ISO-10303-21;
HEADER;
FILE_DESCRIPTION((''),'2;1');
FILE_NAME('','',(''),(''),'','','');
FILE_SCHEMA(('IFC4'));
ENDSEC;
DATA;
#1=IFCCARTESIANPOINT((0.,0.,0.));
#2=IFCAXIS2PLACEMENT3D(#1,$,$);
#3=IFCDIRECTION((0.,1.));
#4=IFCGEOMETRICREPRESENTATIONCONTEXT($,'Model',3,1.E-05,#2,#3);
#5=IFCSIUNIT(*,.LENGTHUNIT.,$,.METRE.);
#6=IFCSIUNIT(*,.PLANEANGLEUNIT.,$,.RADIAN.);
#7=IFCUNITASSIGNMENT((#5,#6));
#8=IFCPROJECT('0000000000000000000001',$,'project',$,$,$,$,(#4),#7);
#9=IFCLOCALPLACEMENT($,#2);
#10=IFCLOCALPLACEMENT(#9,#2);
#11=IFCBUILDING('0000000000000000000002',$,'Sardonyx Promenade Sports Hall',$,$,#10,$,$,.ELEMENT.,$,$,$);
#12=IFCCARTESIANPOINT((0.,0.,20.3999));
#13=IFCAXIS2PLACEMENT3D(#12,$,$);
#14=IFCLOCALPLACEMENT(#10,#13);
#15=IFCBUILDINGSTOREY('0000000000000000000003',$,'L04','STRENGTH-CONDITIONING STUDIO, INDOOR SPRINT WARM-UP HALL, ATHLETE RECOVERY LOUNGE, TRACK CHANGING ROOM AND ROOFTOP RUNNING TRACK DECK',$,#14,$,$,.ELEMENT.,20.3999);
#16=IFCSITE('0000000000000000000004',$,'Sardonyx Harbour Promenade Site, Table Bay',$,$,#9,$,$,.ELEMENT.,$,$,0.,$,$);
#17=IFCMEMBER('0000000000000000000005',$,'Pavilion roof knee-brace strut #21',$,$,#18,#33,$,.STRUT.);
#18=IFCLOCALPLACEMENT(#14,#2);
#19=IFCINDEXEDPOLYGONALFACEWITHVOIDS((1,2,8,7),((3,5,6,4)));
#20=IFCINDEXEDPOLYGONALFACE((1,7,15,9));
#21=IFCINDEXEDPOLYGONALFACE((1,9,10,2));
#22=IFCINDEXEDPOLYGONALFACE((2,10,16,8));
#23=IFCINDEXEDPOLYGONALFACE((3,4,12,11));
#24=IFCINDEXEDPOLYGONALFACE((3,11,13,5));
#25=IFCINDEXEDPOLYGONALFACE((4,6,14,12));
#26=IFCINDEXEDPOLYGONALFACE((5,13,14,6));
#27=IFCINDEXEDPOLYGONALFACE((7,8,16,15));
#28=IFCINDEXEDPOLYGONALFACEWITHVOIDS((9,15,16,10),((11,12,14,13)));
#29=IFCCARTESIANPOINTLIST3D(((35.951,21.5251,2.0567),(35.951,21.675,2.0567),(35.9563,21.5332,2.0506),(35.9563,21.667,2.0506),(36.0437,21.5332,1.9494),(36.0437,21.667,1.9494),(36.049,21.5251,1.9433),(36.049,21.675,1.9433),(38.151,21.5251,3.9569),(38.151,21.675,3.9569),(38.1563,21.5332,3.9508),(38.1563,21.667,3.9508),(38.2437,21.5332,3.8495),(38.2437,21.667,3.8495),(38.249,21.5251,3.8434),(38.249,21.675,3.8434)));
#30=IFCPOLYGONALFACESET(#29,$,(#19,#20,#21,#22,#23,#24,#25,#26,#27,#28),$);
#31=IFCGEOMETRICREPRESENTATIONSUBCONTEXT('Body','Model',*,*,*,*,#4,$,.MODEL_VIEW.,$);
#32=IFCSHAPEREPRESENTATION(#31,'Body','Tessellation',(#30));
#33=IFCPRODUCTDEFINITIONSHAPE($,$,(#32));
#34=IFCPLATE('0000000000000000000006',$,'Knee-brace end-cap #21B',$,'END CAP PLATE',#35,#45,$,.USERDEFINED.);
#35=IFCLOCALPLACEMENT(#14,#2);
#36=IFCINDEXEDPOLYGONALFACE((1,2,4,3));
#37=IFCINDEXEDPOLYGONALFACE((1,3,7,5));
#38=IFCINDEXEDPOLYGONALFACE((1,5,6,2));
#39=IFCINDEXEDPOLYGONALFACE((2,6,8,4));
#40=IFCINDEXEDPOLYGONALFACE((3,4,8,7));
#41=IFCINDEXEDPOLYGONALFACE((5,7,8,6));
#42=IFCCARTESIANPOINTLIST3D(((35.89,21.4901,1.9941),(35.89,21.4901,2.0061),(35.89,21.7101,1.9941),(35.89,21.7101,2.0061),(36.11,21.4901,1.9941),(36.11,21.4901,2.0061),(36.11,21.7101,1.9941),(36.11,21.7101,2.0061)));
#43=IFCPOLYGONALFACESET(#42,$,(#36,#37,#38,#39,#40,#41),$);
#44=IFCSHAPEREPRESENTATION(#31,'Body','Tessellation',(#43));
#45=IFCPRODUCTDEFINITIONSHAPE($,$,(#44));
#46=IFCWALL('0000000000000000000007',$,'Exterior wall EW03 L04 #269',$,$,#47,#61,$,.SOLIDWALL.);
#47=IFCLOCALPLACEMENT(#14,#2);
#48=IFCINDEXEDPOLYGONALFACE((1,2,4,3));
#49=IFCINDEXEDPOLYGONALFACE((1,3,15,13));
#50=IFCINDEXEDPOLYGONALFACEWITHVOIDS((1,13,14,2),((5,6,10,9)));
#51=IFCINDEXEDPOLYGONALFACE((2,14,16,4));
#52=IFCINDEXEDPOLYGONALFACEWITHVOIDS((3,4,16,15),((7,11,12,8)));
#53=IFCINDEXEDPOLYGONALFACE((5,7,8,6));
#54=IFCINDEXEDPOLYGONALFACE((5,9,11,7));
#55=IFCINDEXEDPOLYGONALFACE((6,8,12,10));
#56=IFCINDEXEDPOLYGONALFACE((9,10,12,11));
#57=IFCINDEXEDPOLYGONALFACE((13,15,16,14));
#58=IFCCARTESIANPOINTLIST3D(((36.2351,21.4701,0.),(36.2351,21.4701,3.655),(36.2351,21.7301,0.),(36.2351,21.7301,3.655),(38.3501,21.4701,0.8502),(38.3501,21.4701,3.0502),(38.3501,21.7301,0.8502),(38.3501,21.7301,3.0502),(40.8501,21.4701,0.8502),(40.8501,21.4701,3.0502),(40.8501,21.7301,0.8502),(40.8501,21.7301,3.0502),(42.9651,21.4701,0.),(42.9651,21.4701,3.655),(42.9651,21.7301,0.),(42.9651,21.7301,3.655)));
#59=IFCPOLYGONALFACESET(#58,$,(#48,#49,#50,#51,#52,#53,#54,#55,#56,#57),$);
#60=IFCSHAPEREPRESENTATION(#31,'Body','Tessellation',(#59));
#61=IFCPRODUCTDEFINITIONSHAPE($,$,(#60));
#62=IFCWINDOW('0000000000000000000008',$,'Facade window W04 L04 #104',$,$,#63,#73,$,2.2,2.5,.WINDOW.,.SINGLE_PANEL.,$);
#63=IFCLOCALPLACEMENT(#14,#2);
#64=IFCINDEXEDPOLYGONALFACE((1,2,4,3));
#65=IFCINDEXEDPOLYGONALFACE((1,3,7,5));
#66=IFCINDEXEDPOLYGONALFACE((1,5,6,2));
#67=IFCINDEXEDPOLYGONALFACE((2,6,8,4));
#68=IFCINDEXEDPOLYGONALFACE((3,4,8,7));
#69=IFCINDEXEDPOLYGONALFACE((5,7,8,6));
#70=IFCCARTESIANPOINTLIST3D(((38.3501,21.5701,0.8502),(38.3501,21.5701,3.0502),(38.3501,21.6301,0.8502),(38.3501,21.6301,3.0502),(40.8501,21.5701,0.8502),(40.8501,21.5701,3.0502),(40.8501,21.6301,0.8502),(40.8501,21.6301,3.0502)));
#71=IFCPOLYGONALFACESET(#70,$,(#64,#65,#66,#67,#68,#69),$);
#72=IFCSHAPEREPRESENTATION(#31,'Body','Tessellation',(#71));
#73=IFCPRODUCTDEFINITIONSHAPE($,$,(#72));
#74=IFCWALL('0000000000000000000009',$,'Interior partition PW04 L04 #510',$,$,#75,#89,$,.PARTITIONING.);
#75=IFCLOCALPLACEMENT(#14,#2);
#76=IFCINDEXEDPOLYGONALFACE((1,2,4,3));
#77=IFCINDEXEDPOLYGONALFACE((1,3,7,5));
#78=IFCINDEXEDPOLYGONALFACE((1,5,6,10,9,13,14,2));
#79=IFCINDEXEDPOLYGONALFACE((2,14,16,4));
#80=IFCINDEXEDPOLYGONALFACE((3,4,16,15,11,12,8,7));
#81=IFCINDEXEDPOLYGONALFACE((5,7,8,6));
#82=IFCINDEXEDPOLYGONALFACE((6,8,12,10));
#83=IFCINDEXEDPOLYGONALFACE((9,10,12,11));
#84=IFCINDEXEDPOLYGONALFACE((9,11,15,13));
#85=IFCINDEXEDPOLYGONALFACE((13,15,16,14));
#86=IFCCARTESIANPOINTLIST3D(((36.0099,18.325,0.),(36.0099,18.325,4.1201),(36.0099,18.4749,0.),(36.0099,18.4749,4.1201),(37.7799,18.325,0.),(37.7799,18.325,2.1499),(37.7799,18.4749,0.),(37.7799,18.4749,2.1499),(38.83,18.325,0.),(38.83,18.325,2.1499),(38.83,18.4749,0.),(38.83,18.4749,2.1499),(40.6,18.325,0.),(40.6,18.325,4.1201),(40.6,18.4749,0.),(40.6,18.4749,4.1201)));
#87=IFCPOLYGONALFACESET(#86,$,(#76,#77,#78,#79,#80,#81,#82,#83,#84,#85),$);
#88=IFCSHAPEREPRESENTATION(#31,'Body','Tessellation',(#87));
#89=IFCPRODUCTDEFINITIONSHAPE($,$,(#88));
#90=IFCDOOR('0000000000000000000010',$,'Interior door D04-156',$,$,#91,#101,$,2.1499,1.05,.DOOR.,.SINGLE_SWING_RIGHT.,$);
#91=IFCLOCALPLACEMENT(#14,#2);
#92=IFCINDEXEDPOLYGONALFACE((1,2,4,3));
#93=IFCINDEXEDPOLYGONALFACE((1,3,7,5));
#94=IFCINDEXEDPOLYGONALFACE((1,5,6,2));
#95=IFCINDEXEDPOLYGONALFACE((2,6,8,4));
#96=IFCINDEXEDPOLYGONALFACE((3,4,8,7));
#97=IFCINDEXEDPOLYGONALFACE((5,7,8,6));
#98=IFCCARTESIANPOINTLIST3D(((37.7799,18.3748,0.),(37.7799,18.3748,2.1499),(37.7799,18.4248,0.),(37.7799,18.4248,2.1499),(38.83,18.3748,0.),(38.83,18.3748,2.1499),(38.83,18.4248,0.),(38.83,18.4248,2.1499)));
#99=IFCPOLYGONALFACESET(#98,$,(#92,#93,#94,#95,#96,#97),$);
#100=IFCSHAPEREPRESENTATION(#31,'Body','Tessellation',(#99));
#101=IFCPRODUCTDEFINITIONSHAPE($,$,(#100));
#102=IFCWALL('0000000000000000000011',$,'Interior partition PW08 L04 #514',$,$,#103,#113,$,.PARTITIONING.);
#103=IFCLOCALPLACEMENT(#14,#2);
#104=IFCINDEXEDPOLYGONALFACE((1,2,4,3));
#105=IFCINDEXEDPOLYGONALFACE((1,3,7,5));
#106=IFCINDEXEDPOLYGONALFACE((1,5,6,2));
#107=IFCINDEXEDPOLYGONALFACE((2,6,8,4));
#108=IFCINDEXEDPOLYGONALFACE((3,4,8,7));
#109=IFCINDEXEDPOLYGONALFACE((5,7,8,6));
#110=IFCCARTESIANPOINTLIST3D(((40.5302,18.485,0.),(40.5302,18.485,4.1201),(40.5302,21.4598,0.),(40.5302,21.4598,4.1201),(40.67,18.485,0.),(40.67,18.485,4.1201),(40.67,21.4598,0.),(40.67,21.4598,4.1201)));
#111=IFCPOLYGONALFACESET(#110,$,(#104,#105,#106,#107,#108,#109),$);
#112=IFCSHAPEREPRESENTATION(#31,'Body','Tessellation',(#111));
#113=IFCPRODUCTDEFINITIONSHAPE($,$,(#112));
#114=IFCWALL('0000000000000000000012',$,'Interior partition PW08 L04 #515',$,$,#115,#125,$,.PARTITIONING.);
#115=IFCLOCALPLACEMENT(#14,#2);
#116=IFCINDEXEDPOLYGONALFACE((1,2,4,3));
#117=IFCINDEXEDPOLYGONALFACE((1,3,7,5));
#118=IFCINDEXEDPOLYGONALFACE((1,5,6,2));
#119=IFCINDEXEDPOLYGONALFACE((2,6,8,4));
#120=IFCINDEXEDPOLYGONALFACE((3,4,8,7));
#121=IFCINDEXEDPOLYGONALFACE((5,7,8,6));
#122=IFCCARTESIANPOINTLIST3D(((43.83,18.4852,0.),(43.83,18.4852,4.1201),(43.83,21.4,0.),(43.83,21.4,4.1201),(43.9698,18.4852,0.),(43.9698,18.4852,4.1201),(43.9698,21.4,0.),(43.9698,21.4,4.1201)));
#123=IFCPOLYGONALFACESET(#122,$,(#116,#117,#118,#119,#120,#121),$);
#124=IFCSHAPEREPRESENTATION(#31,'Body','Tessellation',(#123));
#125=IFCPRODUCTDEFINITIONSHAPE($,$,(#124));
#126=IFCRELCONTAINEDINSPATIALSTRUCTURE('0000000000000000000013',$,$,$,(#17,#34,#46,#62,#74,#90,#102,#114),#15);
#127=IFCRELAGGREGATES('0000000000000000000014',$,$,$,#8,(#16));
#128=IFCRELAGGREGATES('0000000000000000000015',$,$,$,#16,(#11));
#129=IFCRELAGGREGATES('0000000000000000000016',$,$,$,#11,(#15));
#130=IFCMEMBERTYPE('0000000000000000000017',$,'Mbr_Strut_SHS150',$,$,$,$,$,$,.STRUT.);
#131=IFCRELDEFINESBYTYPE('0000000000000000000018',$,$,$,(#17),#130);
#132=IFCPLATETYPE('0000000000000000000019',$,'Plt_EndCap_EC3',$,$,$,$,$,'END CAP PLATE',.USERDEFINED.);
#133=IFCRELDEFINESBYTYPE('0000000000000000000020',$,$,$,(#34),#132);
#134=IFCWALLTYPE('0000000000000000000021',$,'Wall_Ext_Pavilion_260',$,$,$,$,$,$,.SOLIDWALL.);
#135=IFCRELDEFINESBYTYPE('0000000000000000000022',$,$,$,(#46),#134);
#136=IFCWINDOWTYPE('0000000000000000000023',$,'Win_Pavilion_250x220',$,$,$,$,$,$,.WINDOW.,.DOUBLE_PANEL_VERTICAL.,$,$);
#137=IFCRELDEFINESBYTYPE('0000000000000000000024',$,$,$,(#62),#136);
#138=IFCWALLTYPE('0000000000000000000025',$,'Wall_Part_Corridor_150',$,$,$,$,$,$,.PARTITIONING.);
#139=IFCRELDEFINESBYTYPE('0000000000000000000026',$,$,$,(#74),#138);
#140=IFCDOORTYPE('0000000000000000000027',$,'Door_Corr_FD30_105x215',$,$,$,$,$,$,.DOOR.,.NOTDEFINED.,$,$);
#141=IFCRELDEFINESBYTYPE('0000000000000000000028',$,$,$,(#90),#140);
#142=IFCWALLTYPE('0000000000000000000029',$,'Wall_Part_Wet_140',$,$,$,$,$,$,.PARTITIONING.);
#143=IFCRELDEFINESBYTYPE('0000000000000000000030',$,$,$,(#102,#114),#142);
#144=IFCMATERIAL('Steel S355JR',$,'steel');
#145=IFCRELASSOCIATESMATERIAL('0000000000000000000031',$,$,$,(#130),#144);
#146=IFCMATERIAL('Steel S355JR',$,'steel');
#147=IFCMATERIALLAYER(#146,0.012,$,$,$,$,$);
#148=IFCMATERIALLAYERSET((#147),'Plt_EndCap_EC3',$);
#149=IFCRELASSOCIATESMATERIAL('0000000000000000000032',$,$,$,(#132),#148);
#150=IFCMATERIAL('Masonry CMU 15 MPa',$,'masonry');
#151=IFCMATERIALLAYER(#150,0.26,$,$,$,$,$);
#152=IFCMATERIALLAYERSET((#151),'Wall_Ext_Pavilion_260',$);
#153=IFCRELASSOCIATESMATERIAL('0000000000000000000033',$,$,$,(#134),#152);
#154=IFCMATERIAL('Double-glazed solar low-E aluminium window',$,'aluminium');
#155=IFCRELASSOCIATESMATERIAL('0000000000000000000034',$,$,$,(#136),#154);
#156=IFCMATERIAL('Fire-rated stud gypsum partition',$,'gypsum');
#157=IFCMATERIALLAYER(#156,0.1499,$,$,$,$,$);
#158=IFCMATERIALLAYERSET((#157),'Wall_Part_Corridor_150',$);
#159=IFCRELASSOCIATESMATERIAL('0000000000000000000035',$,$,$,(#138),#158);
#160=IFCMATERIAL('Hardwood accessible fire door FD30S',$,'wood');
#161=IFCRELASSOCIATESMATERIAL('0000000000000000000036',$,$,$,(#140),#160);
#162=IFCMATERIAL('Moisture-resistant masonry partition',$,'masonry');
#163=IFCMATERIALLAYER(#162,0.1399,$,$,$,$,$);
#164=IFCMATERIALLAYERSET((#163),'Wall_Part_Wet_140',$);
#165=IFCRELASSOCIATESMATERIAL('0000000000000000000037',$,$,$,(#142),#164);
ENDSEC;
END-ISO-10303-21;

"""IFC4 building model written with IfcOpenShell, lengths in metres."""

from ifc_helpers import new_model, si_unit, direction, frame, frame_2d, origin, origin_2d, place, context, subcontext, project, spatial, rectangle, hollow_rectangle, extrude, material, layer, layer_set, material_profile, profile_set, type_object, element, fill, save


model = new_model("IFC4")

# Units and contexts
model_context = context("Model", 3, precision=1e-05, world=origin(), true_north=direction((0.0, 1.0)))
body_context = subcontext(model_context, "Body", "Model", "MODEL_VIEW")
ifc_project = project(units=[si_unit("LENGTHUNIT", "METRE"), si_unit("PLANEANGLEUNIT", "RADIAN")], contexts=[model_context])

# Site, building, storey
site_placement = place(None, origin())
site = spatial("IfcSite", under=ifc_project, at=site_placement, Name="Sardonyx Harbour Promenade Site, Table Bay", CompositionType="ELEMENT", RefElevation=0.0)
building_placement = place(site_placement, origin())
building = spatial("IfcBuilding", under=site, at=building_placement, Name="Sardonyx Promenade Sports Hall", CompositionType="ELEMENT")
storey_placement = place(building_placement, frame((0.0, 0.0, 20.3999)))
storey = spatial("IfcBuildingStorey", under=building, at=storey_placement, Name="L04", Description="STRENGTH-CONDITIONING STUDIO, INDOOR SPRINT WARM-UP HALL, ATHLETE RECOVERY LOUNGE, TRACK CHANGING ROOM AND ROOFTOP RUNNING TRACK DECK", CompositionType="ELEMENT", Elevation=20.3999)

# Member
ifc_material_1 = material(Name="Steel S355JR", Category="steel")
ifc_material_profile_1 = material_profile(ifc_material_1, hollow_rectangle(XDim=0.1499, YDim=0.1499, WallThickness=0.0081, at=origin_2d()))
ifc_profile_set_1 = profile_set([ifc_material_profile_1], Name="Steel S355JR")
member_type = type_object("IfcMemberType", Name="Mbr_Strut_SHS150", PredefinedType="STRUT", material=ifc_profile_set_1)
member_placement = place(storey_placement, frame((36.0, 21.6001, 2.0), z_axis=(0.756791, 0.0, 0.653657), x_axis=(0.0, 1.0, 0.0)))
element("IfcMember", 1, at=member_placement, inside=storey, type_object=member_type, Name="Pavilion roof knee-brace strut #21", PredefinedType="STRUT", context=body_context, shape_type="SweptSolid", body=[
    extrude(hollow_rectangle(XDim=0.1499, YDim=0.1499, WallThickness=0.0081, at=origin_2d()), origin(), (0.0, 0.0, 1.0), 2.907),
])

# Plate
ifc_material_2 = material(Name="Steel S355JR", Category="steel")
ifc_layer_1 = layer(ifc_material_2, 0.012)
ifc_layer_set_1 = layer_set([ifc_layer_1], Name="Plt_EndCap_EC3")
plate_type = type_object("IfcPlateType", Name="Plt_EndCap_EC3", ElementType="END CAP PLATE", PredefinedType="USERDEFINED", material=ifc_layer_set_1)
plate_placement = place(storey_placement, frame((36.0, 21.6001, 1.9941), z_axis=(0.0, 0.0, 1.0), x_axis=(1.0, 0.0, 0.0)))
element("IfcPlate", 2, at=plate_placement, inside=storey, type_object=plate_type, Name="Knee-brace end-cap #21B", ObjectType="END CAP PLATE", PredefinedType="USERDEFINED", context=body_context, shape_type="SweptSolid", body=[
    extrude(rectangle(XDim=0.22, YDim=0.22, at=origin_2d()), origin(), (0.0, 0.0, 1.0), 0.012),
])

# Wall, opening, window
ifc_material_3 = material(Name="Masonry CMU 15 MPa", Category="masonry")
ifc_layer_2 = layer(ifc_material_3, 0.26)
ifc_layer_set_2 = layer_set([ifc_layer_2], Name="Wall_Ext_Pavilion_260")
wall_type_1 = type_object("IfcWallType", Name="Wall_Ext_Pavilion_260", PredefinedType="SOLIDWALL", material=ifc_layer_set_2)
wall_1_placement = place(storey_placement, frame((36.2351, 21.6001, 0.0), z_axis=(0.0, 0.0, 1.0), x_axis=(1.0, 0.0, 0.0)))
wall_1 = element("IfcWall", 3, at=wall_1_placement, inside=storey, type_object=wall_type_1, Name="Exterior wall EW03 L04 #269", PredefinedType="SOLIDWALL", context=body_context, shape_type="SweptSolid", body=[
    extrude(rectangle(XDim=6.73, YDim=0.26, at=frame_2d((3.365, 0.0))), origin(), (0.0, 0.0, 1.0), 3.655),
])
opening_1_placement = place(wall_1_placement, frame((2.115, 0.0, 0.8501)))
opening_1 = element("IfcOpeningElement", 4, at=opening_1_placement, cuts=wall_1, PredefinedType="OPENING", context=body_context, shape_type="SweptSolid", body=[
    extrude(rectangle(XDim=2.5, YDim=2.2, at=frame_2d((1.25, 1.1001))), frame((0.0, 0.14, 0.0), z_axis=(0.0, -1.0, 0.0), x_axis=(1.0, 0.0, 0.0)), (0.0, 0.0, 1.0), 0.28),
])
ifc_material_4 = material(Name="Double-glazed solar low-E aluminium window", Category="aluminium")
window_type = type_object("IfcWindowType", Name="Win_Pavilion_250x220", PartitioningType="DOUBLE_PANEL_VERTICAL", PredefinedType="WINDOW", material=ifc_material_4)
window_placement = place(opening_1_placement, origin())
window = element("IfcWindow", 5, at=window_placement, inside=storey, type_object=window_type, Name="Facade window W04 L04 #104", OverallHeight=2.2, OverallWidth=2.5, PartitioningType="SINGLE_PANEL", PredefinedType="WINDOW", context=body_context, shape_type="SweptSolid", body=[
    extrude(rectangle(XDim=2.5, YDim=2.2, at=frame_2d((1.25, 1.1001))), frame((0.0, 0.03, 0.0), z_axis=(0.0, -1.0, 0.0), x_axis=(1.0, 0.0, 0.0)), (0.0, 0.0, 1.0), 0.0601),
])
fill(opening_1, window)

# Wall, opening, door
ifc_material_5 = material(Name="Fire-rated stud gypsum partition", Category="gypsum")
ifc_layer_3 = layer(ifc_material_5, 0.1499)
ifc_layer_set_3 = layer_set([ifc_layer_3], Name="Wall_Part_Corridor_150")
wall_type_2 = type_object("IfcWallType", Name="Wall_Part_Corridor_150", PredefinedType="PARTITIONING", material=ifc_layer_set_3)
wall_2_placement = place(storey_placement, frame((36.01, 18.3999, 0.0), z_axis=(0.0, 0.0, 1.0), x_axis=(1.0, 0.0, 0.0)))
wall_2 = element("IfcWall", 6, at=wall_2_placement, inside=storey, type_object=wall_type_2, Name="Interior partition PW04 L04 #510", PredefinedType="PARTITIONING", context=body_context, shape_type="SweptSolid", body=[
    extrude(rectangle(XDim=4.5901, YDim=0.1499, at=frame_2d((2.2949, 0.0))), origin(), (0.0, 0.0, 1.0), 4.1201),
])
opening_2_placement = place(wall_2_placement, frame((1.77, 0.0, 0.0)))
opening_2 = element("IfcOpeningElement", 7, at=opening_2_placement, cuts=wall_2, PredefinedType="OPENING", context=body_context, shape_type="SweptSolid", body=[
    extrude(rectangle(XDim=1.05, YDim=2.1499, at=frame_2d((0.5249, 1.075))), frame((0.0, 0.085, 0.0), z_axis=(0.0, -1.0, 0.0), x_axis=(1.0, 0.0, 0.0)), (0.0, 0.0, 1.0), 0.17),
])
ifc_material_6 = material(Name="Hardwood accessible fire door FD30S", Category="wood")
door_type_1 = type_object("IfcDoorType", Name="Door_Corr_FD30_105x215", OperationType="NOTDEFINED", PredefinedType="DOOR", material=ifc_material_6)
door_1_placement = place(opening_2_placement, origin())
door_1 = element("IfcDoor", 8, at=door_1_placement, inside=storey, type_object=door_type_1, Name="Interior door D04-156", OperationType="SINGLE_SWING_RIGHT", OverallHeight=2.1499, OverallWidth=1.05, PredefinedType="DOOR", context=body_context, shape_type="SweptSolid", body=[
    extrude(rectangle(XDim=1.05, YDim=2.1499, at=frame_2d((0.5249, 1.075))), frame((0.0, 0.0249, 0.0), z_axis=(0.0, -1.0, 0.0), x_axis=(1.0, 0.0, 0.0)), (0.0, 0.0, 1.0), 0.05),
])
fill(opening_2, door_1)

# Walls
ifc_material_7 = material(Name="Moisture-resistant masonry partition", Category="masonry")
ifc_layer_4 = layer(ifc_material_7, 0.1399)
ifc_layer_set_4 = layer_set([ifc_layer_4], Name="Wall_Part_Wet_140")
wall_type_3 = type_object("IfcWallType", Name="Wall_Part_Wet_140", PredefinedType="PARTITIONING", material=ifc_layer_set_4)
wall_3_placement = place(storey_placement, frame((40.6001, 18.4851, 0.0), z_axis=(0.0, 0.0, 1.0), x_axis=(0.0, 1.0, 0.0)))
element("IfcWall", 9, at=wall_3_placement, inside=storey, type_object=wall_type_3, Name="Interior partition PW08 L04 #514", PredefinedType="PARTITIONING", context=body_context, shape_type="SweptSolid", body=[
    extrude(rectangle(XDim=2.9749, YDim=0.1399, at=frame_2d((1.4873, 0.0))), origin(), (0.0, 0.0, 1.0), 4.1201),
])
wall_4_placement = place(storey_placement, frame((43.8999, 18.4851, 0.0), z_axis=(0.0, 0.0, 1.0), x_axis=(0.0, 1.0, 0.0)))
element("IfcWall", 10, at=wall_4_placement, inside=storey, type_object=wall_type_3, Name="Interior partition PW08 L04 #515", PredefinedType="PARTITIONING", context=body_context, shape_type="SweptSolid", body=[
    extrude(rectangle(XDim=2.9148, YDim=0.1399, at=frame_2d((1.4575, 0.0))), origin(), (0.0, 0.0, 1.0), 4.1201),
])

save(model, "model.ifc")
